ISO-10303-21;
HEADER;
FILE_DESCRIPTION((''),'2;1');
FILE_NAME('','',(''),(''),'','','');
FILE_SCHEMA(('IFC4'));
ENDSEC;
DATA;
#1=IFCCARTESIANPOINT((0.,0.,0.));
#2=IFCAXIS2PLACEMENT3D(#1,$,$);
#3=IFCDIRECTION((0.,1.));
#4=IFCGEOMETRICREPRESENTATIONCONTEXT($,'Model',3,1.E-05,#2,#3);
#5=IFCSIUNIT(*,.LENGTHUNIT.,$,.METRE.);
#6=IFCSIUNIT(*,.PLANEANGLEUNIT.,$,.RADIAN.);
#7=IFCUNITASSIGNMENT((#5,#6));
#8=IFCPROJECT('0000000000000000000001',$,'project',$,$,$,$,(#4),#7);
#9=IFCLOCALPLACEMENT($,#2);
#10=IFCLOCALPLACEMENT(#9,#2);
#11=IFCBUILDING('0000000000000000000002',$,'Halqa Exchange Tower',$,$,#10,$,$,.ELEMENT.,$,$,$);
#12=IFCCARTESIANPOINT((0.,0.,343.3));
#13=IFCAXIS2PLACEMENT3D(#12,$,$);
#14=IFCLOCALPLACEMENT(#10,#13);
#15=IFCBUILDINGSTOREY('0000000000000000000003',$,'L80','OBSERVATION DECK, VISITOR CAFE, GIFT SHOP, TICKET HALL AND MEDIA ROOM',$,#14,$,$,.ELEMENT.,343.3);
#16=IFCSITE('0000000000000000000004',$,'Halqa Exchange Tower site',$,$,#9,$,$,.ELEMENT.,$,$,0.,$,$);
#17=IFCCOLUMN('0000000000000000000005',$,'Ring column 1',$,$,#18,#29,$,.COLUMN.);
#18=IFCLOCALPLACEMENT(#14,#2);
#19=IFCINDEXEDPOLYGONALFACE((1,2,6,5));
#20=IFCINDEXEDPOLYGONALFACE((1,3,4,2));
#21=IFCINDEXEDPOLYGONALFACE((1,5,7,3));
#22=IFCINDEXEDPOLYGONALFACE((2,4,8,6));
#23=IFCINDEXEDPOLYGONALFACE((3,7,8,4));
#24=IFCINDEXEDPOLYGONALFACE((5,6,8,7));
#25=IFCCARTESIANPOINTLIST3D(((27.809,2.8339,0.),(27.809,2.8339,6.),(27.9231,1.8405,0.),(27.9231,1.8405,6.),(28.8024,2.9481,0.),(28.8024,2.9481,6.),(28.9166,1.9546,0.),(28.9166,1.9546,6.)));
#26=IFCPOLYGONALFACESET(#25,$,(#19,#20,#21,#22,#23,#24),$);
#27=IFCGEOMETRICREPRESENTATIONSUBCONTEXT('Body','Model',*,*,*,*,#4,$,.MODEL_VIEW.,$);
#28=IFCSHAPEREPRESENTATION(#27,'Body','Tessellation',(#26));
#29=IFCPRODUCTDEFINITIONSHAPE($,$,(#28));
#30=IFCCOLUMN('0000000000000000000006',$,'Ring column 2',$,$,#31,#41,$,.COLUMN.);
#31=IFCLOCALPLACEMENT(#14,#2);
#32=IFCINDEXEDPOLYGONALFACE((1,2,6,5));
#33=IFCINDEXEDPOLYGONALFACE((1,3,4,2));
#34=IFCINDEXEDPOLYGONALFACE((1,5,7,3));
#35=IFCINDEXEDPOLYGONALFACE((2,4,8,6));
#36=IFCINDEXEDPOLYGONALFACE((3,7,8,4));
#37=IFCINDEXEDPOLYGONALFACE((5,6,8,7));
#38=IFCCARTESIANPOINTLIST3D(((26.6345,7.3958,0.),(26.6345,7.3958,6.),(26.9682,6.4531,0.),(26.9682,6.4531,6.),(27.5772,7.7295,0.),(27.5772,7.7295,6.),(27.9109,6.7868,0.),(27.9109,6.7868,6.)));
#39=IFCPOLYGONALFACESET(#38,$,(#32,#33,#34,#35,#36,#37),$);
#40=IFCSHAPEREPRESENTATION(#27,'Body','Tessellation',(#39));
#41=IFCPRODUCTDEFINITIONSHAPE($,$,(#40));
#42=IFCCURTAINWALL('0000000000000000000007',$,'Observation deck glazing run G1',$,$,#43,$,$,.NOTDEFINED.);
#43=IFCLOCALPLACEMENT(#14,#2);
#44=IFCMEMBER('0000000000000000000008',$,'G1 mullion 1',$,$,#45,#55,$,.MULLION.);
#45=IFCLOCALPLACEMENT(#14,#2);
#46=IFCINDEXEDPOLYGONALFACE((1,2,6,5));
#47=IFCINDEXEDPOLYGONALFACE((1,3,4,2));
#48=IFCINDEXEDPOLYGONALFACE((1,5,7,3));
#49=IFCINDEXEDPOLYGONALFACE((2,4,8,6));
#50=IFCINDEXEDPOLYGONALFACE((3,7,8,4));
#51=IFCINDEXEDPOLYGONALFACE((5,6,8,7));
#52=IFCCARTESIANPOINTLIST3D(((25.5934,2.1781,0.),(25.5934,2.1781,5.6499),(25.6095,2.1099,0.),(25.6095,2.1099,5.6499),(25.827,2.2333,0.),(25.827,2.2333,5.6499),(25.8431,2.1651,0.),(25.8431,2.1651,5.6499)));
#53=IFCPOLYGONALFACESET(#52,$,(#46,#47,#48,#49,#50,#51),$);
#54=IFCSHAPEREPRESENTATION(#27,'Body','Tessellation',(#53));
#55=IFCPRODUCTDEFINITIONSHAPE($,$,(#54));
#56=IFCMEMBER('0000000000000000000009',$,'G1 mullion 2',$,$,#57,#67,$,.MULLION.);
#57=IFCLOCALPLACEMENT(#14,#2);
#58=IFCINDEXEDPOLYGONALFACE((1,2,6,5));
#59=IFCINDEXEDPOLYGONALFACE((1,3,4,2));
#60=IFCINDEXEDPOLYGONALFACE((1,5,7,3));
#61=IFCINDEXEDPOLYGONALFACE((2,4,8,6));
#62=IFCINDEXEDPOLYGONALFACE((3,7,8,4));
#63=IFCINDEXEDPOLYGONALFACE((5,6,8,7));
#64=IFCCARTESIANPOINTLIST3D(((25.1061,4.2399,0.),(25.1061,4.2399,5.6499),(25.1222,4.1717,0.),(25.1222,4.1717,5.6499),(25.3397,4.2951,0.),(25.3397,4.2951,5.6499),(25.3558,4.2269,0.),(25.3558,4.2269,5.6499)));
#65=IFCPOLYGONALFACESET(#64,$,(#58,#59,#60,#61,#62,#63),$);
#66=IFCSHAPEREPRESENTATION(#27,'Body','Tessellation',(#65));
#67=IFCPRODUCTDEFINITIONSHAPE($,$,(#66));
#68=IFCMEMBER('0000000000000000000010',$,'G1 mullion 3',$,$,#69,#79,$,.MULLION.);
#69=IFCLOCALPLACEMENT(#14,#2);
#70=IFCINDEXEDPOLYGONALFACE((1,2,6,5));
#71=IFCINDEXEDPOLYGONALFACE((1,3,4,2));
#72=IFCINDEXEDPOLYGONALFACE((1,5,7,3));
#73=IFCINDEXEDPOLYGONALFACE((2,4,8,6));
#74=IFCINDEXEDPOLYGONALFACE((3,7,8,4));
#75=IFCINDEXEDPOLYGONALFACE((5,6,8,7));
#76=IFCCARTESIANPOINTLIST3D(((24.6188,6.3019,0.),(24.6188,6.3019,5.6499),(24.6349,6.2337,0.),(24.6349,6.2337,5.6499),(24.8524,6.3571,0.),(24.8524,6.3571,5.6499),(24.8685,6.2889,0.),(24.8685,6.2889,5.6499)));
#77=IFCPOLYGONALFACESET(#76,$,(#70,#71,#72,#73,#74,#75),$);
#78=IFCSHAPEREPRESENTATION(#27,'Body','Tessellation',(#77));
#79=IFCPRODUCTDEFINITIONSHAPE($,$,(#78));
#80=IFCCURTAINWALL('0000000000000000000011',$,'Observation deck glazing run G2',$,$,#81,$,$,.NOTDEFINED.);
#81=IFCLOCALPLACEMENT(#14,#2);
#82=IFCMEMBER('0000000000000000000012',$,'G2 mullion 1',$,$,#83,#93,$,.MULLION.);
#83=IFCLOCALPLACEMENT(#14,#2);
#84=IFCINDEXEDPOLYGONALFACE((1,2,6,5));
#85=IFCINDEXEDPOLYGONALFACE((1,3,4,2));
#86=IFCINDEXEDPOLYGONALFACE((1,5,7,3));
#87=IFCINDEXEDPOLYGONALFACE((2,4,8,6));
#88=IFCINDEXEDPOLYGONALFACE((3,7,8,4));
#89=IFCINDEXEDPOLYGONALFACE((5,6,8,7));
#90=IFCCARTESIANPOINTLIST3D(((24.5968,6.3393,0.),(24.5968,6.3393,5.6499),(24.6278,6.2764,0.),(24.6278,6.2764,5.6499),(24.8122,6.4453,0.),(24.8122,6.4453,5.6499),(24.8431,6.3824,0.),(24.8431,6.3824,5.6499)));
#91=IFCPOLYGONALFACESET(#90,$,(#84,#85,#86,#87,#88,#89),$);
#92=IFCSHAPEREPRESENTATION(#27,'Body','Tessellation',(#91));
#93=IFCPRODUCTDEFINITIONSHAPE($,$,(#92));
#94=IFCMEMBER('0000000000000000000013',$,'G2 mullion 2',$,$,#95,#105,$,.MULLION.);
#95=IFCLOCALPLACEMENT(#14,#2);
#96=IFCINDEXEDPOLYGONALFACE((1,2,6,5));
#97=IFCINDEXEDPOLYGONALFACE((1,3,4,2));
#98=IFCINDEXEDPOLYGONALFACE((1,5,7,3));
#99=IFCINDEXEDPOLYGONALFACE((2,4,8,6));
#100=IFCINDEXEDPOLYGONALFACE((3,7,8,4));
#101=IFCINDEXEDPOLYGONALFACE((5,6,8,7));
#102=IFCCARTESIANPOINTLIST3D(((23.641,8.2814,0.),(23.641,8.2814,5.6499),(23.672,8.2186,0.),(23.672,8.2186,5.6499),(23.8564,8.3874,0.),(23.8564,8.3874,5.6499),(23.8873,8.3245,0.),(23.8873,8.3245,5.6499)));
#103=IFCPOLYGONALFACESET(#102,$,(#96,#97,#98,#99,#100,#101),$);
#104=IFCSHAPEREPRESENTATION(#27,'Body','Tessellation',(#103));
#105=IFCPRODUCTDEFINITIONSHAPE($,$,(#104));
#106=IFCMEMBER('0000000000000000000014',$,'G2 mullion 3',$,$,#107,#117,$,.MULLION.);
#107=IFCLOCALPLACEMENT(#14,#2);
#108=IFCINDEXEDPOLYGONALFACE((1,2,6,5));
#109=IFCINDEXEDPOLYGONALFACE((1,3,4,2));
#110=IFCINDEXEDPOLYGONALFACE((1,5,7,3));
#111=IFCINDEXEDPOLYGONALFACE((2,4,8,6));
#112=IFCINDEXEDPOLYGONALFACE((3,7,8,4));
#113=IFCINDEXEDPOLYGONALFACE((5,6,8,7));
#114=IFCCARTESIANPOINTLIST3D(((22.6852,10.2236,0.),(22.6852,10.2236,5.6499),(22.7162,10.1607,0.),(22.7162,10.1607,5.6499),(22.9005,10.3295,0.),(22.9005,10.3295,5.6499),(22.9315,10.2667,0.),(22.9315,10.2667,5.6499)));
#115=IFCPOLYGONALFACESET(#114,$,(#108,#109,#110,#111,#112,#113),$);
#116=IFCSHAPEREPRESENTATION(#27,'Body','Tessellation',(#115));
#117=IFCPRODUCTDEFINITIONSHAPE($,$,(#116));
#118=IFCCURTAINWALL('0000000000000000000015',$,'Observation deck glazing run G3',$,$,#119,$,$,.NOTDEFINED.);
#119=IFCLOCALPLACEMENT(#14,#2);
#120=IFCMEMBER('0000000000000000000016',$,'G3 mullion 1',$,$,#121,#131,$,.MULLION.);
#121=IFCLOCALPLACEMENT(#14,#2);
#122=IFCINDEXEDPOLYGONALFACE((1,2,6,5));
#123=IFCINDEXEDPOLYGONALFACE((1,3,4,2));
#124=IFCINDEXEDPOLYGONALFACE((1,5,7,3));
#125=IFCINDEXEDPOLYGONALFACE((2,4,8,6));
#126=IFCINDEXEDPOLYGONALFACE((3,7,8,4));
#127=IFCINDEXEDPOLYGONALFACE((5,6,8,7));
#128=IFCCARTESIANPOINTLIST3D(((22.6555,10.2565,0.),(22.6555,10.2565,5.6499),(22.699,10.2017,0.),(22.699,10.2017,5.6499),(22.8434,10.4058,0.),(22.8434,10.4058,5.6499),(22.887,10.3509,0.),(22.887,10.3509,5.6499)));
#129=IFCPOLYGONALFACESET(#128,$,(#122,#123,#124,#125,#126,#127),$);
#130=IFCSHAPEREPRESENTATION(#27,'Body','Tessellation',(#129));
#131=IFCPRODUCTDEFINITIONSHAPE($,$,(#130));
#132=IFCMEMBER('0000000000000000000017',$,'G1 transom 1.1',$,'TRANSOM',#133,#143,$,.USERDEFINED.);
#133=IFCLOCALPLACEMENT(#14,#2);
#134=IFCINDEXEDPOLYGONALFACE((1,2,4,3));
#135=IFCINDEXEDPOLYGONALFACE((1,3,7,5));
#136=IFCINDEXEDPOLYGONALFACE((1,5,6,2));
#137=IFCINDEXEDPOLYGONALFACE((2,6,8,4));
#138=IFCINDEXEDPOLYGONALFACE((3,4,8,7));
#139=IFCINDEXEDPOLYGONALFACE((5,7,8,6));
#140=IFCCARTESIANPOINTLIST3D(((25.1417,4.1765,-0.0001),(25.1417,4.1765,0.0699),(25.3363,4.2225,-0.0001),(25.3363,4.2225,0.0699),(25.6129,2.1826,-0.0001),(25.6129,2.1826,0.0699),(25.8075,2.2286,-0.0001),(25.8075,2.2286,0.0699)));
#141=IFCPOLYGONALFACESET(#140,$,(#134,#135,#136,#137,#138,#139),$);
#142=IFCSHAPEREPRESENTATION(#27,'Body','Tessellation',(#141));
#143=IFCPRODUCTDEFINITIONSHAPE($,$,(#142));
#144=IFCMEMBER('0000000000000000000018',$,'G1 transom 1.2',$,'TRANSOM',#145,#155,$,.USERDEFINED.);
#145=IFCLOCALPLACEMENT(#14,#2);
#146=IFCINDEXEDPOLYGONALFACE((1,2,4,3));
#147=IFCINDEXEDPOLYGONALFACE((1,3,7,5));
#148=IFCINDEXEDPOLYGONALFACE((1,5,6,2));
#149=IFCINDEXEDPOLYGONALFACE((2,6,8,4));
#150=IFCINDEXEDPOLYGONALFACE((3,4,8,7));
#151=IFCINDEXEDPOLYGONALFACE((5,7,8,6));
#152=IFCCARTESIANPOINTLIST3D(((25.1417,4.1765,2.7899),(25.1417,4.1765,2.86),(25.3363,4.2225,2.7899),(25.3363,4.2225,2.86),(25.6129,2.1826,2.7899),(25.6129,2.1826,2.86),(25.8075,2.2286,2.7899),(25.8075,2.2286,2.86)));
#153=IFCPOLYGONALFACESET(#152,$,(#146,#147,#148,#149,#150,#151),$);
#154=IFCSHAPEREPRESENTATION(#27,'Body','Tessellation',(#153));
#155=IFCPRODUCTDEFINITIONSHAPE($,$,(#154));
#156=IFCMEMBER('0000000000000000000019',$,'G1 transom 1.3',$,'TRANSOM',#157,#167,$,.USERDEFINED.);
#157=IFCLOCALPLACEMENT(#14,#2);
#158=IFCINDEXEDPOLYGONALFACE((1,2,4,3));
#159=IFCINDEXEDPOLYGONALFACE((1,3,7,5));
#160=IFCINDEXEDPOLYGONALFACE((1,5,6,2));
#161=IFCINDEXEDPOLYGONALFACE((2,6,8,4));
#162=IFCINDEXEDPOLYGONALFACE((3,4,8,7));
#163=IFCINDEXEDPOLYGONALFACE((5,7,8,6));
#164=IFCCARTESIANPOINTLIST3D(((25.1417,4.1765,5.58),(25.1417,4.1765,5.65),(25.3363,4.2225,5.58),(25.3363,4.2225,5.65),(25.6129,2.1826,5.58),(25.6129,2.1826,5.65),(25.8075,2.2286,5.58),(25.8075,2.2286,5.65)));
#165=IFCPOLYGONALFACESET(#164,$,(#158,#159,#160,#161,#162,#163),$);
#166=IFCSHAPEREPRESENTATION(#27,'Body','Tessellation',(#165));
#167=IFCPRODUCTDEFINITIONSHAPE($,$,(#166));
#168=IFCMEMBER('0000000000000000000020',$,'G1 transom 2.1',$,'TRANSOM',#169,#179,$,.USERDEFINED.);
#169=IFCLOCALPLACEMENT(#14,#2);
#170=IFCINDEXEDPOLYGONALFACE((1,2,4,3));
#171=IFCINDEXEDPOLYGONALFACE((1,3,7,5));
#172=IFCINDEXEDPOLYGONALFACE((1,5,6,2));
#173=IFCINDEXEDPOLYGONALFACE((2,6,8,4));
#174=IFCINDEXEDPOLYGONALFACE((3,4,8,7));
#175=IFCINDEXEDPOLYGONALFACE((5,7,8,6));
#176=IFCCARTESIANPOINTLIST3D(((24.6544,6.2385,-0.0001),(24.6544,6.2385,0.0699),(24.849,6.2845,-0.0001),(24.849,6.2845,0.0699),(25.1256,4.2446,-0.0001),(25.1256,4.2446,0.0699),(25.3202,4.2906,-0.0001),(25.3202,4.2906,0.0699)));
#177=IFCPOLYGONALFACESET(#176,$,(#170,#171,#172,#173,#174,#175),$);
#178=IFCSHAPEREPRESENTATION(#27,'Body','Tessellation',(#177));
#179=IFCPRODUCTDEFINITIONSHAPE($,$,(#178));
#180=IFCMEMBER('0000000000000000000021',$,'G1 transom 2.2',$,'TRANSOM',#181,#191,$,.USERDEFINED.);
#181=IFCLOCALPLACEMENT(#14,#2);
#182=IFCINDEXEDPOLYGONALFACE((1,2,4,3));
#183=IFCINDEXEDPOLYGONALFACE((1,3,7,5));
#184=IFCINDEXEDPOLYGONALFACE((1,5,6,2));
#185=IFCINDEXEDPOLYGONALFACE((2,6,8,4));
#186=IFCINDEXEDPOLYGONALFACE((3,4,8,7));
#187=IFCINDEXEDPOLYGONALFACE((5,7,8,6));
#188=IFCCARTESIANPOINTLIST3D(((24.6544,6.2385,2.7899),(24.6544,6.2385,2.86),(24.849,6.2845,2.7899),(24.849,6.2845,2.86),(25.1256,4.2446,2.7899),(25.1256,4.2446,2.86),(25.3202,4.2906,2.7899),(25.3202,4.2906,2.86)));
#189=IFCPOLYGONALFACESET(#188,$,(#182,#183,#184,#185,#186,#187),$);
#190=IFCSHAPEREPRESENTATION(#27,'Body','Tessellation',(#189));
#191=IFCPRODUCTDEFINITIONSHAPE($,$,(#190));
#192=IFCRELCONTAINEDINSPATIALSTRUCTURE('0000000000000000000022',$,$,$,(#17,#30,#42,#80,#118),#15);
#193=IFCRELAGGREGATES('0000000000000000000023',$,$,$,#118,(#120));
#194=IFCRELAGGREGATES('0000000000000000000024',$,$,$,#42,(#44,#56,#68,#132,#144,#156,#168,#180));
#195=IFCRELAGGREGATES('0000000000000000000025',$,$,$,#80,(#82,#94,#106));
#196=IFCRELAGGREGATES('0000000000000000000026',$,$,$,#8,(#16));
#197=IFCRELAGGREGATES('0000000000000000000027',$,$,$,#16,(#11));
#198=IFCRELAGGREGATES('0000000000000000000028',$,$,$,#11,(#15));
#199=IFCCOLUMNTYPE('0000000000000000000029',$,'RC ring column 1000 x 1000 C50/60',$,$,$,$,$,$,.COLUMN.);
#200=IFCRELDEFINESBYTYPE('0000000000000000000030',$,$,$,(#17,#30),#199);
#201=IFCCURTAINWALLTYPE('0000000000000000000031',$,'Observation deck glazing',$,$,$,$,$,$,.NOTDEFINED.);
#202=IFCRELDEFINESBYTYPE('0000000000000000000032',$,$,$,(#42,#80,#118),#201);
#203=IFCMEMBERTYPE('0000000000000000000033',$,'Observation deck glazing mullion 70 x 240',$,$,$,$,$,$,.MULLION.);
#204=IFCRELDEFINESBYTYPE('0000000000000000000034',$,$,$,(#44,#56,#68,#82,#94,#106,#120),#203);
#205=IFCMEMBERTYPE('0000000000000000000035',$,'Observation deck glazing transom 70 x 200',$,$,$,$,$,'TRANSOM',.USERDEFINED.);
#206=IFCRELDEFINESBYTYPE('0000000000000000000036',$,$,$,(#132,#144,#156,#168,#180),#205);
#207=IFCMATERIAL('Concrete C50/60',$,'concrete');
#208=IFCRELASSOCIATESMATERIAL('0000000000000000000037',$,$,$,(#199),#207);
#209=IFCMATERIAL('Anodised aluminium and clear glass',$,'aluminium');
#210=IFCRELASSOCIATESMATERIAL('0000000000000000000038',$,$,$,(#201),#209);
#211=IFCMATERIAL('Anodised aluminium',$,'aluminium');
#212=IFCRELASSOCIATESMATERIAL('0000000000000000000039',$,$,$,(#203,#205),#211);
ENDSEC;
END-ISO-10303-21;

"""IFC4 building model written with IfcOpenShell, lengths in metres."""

from ifc_helpers import new_model, si_unit, direction, frame, origin, origin_2d, place, context, subcontext, project, spatial, rectangle, extrude, material, material_profile, profile_set, type_object, element, aggregate, save


model = new_model("IFC4")

# Units and contexts
model_context = context("Model", 3, precision=1e-05, world=origin(), true_north=direction((0.0, 1.0)))
body_context = subcontext(model_context, "Body", "Model", "MODEL_VIEW")
ifc_project = project(units=[si_unit("LENGTHUNIT", "METRE"), si_unit("PLANEANGLEUNIT", "RADIAN")], contexts=[model_context])

# Site, building, storey
site_placement = place(None, origin())
site = spatial("IfcSite", under=ifc_project, at=site_placement, Name="Halqa Exchange Tower site", CompositionType="ELEMENT", RefElevation=0.0)
building_placement = place(site_placement, origin())
building = spatial("IfcBuilding", under=site, at=building_placement, Name="Halqa Exchange Tower", CompositionType="ELEMENT")
storey_placement = place(building_placement, frame((0.0, 0.0, 343.3)))
storey = spatial("IfcBuildingStorey", under=building, at=storey_placement, Name="L80", Description="OBSERVATION DECK, VISITOR CAFE, GIFT SHOP, TICKET HALL AND MEDIA ROOM", CompositionType="ELEMENT", Elevation=343.3)

# Columns
ifc_material_1 = material(Name="Concrete C50/60", Category="concrete")
ifc_material_profile_1 = material_profile(ifc_material_1, rectangle(XDim=1.0, YDim=1.0, at=origin_2d()), Name="1000 x 1000")
ifc_profile_set_1 = profile_set([ifc_material_profile_1], Name="Concrete C50/60")
column_type = type_object("IfcColumnType", Name="RC ring column 1000 x 1000 C50/60", PredefinedType="COLUMN", material=ifc_profile_set_1)
for number, where, z_axis, x_axis, name in (
    (1, (28.3628, 2.3943, 0.0), (0.0, 0.0, 1.0), (-0.11416, 0.993462, 0.0), "Ring column 1"),
    (2, (27.2727, 7.0913, 0.0), (0.0, 0.0, 1.0), (-0.333624, 0.942706, 0.0), "Ring column 2"),
):
    element("IfcColumn", number, at=place(storey_placement, frame(where, z_axis=z_axis, x_axis=x_axis)), inside=storey, type_object=column_type, Name=name, PredefinedType="COLUMN", context=body_context, shape_type="SweptSolid", body=[
        extrude(rectangle(XDim=1.0, YDim=1.0, at=origin_2d()), origin(), (0.0, 0.0, 1.0), 6.0),
    ])

# Curtain walls, members
ifc_material_2 = material(Name="Anodised aluminium and clear glass", Category="aluminium")
curtain_wall_type = type_object("IfcCurtainWallType", Name="Observation deck glazing", PredefinedType="NOTDEFINED", material=ifc_material_2)
curtain_wall_1_placement = place(storey_placement, origin())
curtain_wall_1 = element("IfcCurtainWall", 3, at=curtain_wall_1_placement, inside=storey, type_object=curtain_wall_type, Name="Observation deck glazing run G1", PredefinedType="NOTDEFINED")
ifc_material_3 = material(Name="Anodised aluminium", Category="aluminium")
ifc_material_profile_2 = material_profile(ifc_material_3, rectangle(XDim=0.24, YDim=0.0701, at=origin_2d()), Name="AL 70x240")
ifc_profile_set_2 = profile_set([ifc_material_profile_2], Name="Anodised aluminium")
member_type_1 = type_object("IfcMemberType", Name="Observation deck glazing mullion 70 x 240", PredefinedType="MULLION", material=ifc_profile_set_2)
member_1_placement = place(storey_placement, frame((25.7183, 2.1716, 0.0), z_axis=(0.0, 0.0, 1.0), x_axis=(-0.973192, -0.229995, 0.0)))
member_1 = element("IfcMember", 4, at=member_1_placement, type_object=member_type_1, Name="G1 mullion 1", PredefinedType="MULLION", context=body_context, shape_type="SweptSolid", body=[
    extrude(rectangle(XDim=0.24, YDim=0.0701, at=origin_2d()), origin(), (0.0, 0.0, 1.0), 5.6499),
])
member_2_placement = place(storey_placement, frame((25.231, 4.2334, 0.0), z_axis=(0.0, 0.0, 1.0), x_axis=(-0.973192, -0.229995, 0.0)))
member_2 = element("IfcMember", 5, at=member_2_placement, type_object=member_type_1, Name="G1 mullion 2", PredefinedType="MULLION", context=body_context, shape_type="SweptSolid", body=[
    extrude(rectangle(XDim=0.24, YDim=0.0701, at=origin_2d()), origin(), (0.0, 0.0, 1.0), 5.6499),
])
member_3_placement = place(storey_placement, frame((24.7437, 6.2954, 0.0), z_axis=(0.0, 0.0, 1.0), x_axis=(-0.973192, -0.229995, 0.0)))
member_3 = element("IfcMember", 6, at=member_3_placement, type_object=member_type_1, Name="G1 mullion 3", PredefinedType="MULLION", context=body_context, shape_type="SweptSolid", body=[
    extrude(rectangle(XDim=0.24, YDim=0.0701, at=origin_2d()), origin(), (0.0, 0.0, 1.0), 5.6499),
])
curtain_wall_2_placement = place(storey_placement, origin())
curtain_wall_2 = element("IfcCurtainWall", 7, at=curtain_wall_2_placement, inside=storey, type_object=curtain_wall_type, Name="Observation deck glazing run G2", PredefinedType="NOTDEFINED")
member_4_placement = place(storey_placement, frame((24.72, 6.3608, 0.0), z_axis=(0.0, 0.0, 1.0), x_axis=(-0.897215, -0.441595, 0.0)))
member_4 = element("IfcMember", 8, at=member_4_placement, type_object=member_type_1, Name="G2 mullion 1", PredefinedType="MULLION", context=body_context, shape_type="SweptSolid", body=[
    extrude(rectangle(XDim=0.24, YDim=0.0701, at=origin_2d()), origin(), (0.0, 0.0, 1.0), 5.6499),
])
member_5_placement = place(storey_placement, frame((23.7642, 8.303, 0.0), z_axis=(0.0, 0.0, 1.0), x_axis=(-0.897215, -0.441595, 0.0)))
member_5 = element("IfcMember", 9, at=member_5_placement, type_object=member_type_1, Name="G2 mullion 2", PredefinedType="MULLION", context=body_context, shape_type="SweptSolid", body=[
    extrude(rectangle(XDim=0.24, YDim=0.0701, at=origin_2d()), origin(), (0.0, 0.0, 1.0), 5.6499),
])
member_6_placement = place(storey_placement, frame((22.8083, 10.2451, 0.0), z_axis=(0.0, 0.0, 1.0), x_axis=(-0.897215, -0.441595, 0.0)))
member_6 = element("IfcMember", 10, at=member_6_placement, type_object=member_type_1, Name="G2 mullion 3", PredefinedType="MULLION", context=body_context, shape_type="SweptSolid", body=[
    extrude(rectangle(XDim=0.24, YDim=0.0701, at=origin_2d()), origin(), (0.0, 0.0, 1.0), 5.6499),
])

# Curtain wall, member
curtain_wall_3_placement = place(storey_placement, origin())
curtain_wall_3 = element("IfcCurtainWall", 11, at=curtain_wall_3_placement, inside=storey, type_object=curtain_wall_type, Name="Observation deck glazing run G3", PredefinedType="NOTDEFINED")
member_7_placement = place(storey_placement, frame((22.7712, 10.3037, 0.0), z_axis=(0.0, 0.0, 1.0), x_axis=(-0.783162, -0.621817, 0.0)))
member_7 = element("IfcMember", 12, at=member_7_placement, type_object=member_type_1, Name="G3 mullion 1", PredefinedType="MULLION", context=body_context, shape_type="SweptSolid", body=[
    extrude(rectangle(XDim=0.24, YDim=0.0701, at=origin_2d()), origin(), (0.0, 0.0, 1.0), 5.6499),
])
aggregate(curtain_wall_3, [member_7])

# Members
ifc_material_profile_3 = material_profile(ifc_material_3, rectangle(XDim=0.2, YDim=0.0701, at=origin_2d()), Name="AL 70x200")
ifc_profile_set_3 = profile_set([ifc_material_profile_3], Name="Anodised aluminium")
member_type_2 = type_object("IfcMemberType", Name="Observation deck glazing transom 70 x 200", ElementType="TRANSOM", PredefinedType="USERDEFINED", material=ifc_profile_set_3)
member_8_placement = place(storey_placement, frame((25.7102, 2.2056, 0.0349), z_axis=(-0.229982, 0.973195, 0.0), x_axis=(-0.973195, -0.229982, 0.0)))
member_8 = element("IfcMember", 13, at=member_8_placement, type_object=member_type_2, Name="G1 transom 1.1", ObjectType="TRANSOM", PredefinedType="USERDEFINED", context=body_context, shape_type="SweptSolid", body=[
    extrude(rectangle(XDim=0.2, YDim=0.0701, at=origin_2d()), origin(), (0.0, 0.0, 1.0), 2.0488),
])
member_9_placement = place(storey_placement, frame((25.7102, 2.2056, 2.825), z_axis=(-0.229982, 0.973195, 0.0), x_axis=(-0.973195, -0.229982, 0.0)))
member_9 = element("IfcMember", 14, at=member_9_placement, type_object=member_type_2, Name="G1 transom 1.2", ObjectType="TRANSOM", PredefinedType="USERDEFINED", context=body_context, shape_type="SweptSolid", body=[
    extrude(rectangle(XDim=0.2, YDim=0.0701, at=origin_2d()), origin(), (0.0, 0.0, 1.0), 2.0488),
])
member_10_placement = place(storey_placement, frame((25.7102, 2.2056, 5.615), z_axis=(-0.229982, 0.973195, 0.0), x_axis=(-0.973195, -0.229982, 0.0)))
member_10 = element("IfcMember", 15, at=member_10_placement, type_object=member_type_2, Name="G1 transom 1.3", ObjectType="TRANSOM", PredefinedType="USERDEFINED", context=body_context, shape_type="SweptSolid", body=[
    extrude(rectangle(XDim=0.2, YDim=0.0701, at=origin_2d()), origin(), (0.0, 0.0, 1.0), 2.0488),
])
member_11_placement = place(storey_placement, frame((25.2229, 4.2676, 0.0349), z_axis=(-0.229982, 0.973195, 0.0), x_axis=(-0.973195, -0.229982, 0.0)))
member_11 = element("IfcMember", 16, at=member_11_placement, type_object=member_type_2, Name="G1 transom 2.1", ObjectType="TRANSOM", PredefinedType="USERDEFINED", context=body_context, shape_type="SweptSolid", body=[
    extrude(rectangle(XDim=0.2, YDim=0.0701, at=origin_2d()), origin(), (0.0, 0.0, 1.0), 2.0488),
])
member_12_placement = place(storey_placement, frame((25.2229, 4.2676, 2.825), z_axis=(-0.229982, 0.973195, 0.0), x_axis=(-0.973195, -0.229982, 0.0)))
member_12 = element("IfcMember", 17, at=member_12_placement, type_object=member_type_2, Name="G1 transom 2.2", ObjectType="TRANSOM", PredefinedType="USERDEFINED", context=body_context, shape_type="SweptSolid", body=[
    extrude(rectangle(XDim=0.2, YDim=0.0701, at=origin_2d()), origin(), (0.0, 0.0, 1.0), 2.0488),
])

aggregate(curtain_wall_1, [member_1, member_2, member_3, member_8, member_9, member_10, member_11, member_12])
aggregate(curtain_wall_2, [member_4, member_5, member_6])

save(model, "model.ifc")
